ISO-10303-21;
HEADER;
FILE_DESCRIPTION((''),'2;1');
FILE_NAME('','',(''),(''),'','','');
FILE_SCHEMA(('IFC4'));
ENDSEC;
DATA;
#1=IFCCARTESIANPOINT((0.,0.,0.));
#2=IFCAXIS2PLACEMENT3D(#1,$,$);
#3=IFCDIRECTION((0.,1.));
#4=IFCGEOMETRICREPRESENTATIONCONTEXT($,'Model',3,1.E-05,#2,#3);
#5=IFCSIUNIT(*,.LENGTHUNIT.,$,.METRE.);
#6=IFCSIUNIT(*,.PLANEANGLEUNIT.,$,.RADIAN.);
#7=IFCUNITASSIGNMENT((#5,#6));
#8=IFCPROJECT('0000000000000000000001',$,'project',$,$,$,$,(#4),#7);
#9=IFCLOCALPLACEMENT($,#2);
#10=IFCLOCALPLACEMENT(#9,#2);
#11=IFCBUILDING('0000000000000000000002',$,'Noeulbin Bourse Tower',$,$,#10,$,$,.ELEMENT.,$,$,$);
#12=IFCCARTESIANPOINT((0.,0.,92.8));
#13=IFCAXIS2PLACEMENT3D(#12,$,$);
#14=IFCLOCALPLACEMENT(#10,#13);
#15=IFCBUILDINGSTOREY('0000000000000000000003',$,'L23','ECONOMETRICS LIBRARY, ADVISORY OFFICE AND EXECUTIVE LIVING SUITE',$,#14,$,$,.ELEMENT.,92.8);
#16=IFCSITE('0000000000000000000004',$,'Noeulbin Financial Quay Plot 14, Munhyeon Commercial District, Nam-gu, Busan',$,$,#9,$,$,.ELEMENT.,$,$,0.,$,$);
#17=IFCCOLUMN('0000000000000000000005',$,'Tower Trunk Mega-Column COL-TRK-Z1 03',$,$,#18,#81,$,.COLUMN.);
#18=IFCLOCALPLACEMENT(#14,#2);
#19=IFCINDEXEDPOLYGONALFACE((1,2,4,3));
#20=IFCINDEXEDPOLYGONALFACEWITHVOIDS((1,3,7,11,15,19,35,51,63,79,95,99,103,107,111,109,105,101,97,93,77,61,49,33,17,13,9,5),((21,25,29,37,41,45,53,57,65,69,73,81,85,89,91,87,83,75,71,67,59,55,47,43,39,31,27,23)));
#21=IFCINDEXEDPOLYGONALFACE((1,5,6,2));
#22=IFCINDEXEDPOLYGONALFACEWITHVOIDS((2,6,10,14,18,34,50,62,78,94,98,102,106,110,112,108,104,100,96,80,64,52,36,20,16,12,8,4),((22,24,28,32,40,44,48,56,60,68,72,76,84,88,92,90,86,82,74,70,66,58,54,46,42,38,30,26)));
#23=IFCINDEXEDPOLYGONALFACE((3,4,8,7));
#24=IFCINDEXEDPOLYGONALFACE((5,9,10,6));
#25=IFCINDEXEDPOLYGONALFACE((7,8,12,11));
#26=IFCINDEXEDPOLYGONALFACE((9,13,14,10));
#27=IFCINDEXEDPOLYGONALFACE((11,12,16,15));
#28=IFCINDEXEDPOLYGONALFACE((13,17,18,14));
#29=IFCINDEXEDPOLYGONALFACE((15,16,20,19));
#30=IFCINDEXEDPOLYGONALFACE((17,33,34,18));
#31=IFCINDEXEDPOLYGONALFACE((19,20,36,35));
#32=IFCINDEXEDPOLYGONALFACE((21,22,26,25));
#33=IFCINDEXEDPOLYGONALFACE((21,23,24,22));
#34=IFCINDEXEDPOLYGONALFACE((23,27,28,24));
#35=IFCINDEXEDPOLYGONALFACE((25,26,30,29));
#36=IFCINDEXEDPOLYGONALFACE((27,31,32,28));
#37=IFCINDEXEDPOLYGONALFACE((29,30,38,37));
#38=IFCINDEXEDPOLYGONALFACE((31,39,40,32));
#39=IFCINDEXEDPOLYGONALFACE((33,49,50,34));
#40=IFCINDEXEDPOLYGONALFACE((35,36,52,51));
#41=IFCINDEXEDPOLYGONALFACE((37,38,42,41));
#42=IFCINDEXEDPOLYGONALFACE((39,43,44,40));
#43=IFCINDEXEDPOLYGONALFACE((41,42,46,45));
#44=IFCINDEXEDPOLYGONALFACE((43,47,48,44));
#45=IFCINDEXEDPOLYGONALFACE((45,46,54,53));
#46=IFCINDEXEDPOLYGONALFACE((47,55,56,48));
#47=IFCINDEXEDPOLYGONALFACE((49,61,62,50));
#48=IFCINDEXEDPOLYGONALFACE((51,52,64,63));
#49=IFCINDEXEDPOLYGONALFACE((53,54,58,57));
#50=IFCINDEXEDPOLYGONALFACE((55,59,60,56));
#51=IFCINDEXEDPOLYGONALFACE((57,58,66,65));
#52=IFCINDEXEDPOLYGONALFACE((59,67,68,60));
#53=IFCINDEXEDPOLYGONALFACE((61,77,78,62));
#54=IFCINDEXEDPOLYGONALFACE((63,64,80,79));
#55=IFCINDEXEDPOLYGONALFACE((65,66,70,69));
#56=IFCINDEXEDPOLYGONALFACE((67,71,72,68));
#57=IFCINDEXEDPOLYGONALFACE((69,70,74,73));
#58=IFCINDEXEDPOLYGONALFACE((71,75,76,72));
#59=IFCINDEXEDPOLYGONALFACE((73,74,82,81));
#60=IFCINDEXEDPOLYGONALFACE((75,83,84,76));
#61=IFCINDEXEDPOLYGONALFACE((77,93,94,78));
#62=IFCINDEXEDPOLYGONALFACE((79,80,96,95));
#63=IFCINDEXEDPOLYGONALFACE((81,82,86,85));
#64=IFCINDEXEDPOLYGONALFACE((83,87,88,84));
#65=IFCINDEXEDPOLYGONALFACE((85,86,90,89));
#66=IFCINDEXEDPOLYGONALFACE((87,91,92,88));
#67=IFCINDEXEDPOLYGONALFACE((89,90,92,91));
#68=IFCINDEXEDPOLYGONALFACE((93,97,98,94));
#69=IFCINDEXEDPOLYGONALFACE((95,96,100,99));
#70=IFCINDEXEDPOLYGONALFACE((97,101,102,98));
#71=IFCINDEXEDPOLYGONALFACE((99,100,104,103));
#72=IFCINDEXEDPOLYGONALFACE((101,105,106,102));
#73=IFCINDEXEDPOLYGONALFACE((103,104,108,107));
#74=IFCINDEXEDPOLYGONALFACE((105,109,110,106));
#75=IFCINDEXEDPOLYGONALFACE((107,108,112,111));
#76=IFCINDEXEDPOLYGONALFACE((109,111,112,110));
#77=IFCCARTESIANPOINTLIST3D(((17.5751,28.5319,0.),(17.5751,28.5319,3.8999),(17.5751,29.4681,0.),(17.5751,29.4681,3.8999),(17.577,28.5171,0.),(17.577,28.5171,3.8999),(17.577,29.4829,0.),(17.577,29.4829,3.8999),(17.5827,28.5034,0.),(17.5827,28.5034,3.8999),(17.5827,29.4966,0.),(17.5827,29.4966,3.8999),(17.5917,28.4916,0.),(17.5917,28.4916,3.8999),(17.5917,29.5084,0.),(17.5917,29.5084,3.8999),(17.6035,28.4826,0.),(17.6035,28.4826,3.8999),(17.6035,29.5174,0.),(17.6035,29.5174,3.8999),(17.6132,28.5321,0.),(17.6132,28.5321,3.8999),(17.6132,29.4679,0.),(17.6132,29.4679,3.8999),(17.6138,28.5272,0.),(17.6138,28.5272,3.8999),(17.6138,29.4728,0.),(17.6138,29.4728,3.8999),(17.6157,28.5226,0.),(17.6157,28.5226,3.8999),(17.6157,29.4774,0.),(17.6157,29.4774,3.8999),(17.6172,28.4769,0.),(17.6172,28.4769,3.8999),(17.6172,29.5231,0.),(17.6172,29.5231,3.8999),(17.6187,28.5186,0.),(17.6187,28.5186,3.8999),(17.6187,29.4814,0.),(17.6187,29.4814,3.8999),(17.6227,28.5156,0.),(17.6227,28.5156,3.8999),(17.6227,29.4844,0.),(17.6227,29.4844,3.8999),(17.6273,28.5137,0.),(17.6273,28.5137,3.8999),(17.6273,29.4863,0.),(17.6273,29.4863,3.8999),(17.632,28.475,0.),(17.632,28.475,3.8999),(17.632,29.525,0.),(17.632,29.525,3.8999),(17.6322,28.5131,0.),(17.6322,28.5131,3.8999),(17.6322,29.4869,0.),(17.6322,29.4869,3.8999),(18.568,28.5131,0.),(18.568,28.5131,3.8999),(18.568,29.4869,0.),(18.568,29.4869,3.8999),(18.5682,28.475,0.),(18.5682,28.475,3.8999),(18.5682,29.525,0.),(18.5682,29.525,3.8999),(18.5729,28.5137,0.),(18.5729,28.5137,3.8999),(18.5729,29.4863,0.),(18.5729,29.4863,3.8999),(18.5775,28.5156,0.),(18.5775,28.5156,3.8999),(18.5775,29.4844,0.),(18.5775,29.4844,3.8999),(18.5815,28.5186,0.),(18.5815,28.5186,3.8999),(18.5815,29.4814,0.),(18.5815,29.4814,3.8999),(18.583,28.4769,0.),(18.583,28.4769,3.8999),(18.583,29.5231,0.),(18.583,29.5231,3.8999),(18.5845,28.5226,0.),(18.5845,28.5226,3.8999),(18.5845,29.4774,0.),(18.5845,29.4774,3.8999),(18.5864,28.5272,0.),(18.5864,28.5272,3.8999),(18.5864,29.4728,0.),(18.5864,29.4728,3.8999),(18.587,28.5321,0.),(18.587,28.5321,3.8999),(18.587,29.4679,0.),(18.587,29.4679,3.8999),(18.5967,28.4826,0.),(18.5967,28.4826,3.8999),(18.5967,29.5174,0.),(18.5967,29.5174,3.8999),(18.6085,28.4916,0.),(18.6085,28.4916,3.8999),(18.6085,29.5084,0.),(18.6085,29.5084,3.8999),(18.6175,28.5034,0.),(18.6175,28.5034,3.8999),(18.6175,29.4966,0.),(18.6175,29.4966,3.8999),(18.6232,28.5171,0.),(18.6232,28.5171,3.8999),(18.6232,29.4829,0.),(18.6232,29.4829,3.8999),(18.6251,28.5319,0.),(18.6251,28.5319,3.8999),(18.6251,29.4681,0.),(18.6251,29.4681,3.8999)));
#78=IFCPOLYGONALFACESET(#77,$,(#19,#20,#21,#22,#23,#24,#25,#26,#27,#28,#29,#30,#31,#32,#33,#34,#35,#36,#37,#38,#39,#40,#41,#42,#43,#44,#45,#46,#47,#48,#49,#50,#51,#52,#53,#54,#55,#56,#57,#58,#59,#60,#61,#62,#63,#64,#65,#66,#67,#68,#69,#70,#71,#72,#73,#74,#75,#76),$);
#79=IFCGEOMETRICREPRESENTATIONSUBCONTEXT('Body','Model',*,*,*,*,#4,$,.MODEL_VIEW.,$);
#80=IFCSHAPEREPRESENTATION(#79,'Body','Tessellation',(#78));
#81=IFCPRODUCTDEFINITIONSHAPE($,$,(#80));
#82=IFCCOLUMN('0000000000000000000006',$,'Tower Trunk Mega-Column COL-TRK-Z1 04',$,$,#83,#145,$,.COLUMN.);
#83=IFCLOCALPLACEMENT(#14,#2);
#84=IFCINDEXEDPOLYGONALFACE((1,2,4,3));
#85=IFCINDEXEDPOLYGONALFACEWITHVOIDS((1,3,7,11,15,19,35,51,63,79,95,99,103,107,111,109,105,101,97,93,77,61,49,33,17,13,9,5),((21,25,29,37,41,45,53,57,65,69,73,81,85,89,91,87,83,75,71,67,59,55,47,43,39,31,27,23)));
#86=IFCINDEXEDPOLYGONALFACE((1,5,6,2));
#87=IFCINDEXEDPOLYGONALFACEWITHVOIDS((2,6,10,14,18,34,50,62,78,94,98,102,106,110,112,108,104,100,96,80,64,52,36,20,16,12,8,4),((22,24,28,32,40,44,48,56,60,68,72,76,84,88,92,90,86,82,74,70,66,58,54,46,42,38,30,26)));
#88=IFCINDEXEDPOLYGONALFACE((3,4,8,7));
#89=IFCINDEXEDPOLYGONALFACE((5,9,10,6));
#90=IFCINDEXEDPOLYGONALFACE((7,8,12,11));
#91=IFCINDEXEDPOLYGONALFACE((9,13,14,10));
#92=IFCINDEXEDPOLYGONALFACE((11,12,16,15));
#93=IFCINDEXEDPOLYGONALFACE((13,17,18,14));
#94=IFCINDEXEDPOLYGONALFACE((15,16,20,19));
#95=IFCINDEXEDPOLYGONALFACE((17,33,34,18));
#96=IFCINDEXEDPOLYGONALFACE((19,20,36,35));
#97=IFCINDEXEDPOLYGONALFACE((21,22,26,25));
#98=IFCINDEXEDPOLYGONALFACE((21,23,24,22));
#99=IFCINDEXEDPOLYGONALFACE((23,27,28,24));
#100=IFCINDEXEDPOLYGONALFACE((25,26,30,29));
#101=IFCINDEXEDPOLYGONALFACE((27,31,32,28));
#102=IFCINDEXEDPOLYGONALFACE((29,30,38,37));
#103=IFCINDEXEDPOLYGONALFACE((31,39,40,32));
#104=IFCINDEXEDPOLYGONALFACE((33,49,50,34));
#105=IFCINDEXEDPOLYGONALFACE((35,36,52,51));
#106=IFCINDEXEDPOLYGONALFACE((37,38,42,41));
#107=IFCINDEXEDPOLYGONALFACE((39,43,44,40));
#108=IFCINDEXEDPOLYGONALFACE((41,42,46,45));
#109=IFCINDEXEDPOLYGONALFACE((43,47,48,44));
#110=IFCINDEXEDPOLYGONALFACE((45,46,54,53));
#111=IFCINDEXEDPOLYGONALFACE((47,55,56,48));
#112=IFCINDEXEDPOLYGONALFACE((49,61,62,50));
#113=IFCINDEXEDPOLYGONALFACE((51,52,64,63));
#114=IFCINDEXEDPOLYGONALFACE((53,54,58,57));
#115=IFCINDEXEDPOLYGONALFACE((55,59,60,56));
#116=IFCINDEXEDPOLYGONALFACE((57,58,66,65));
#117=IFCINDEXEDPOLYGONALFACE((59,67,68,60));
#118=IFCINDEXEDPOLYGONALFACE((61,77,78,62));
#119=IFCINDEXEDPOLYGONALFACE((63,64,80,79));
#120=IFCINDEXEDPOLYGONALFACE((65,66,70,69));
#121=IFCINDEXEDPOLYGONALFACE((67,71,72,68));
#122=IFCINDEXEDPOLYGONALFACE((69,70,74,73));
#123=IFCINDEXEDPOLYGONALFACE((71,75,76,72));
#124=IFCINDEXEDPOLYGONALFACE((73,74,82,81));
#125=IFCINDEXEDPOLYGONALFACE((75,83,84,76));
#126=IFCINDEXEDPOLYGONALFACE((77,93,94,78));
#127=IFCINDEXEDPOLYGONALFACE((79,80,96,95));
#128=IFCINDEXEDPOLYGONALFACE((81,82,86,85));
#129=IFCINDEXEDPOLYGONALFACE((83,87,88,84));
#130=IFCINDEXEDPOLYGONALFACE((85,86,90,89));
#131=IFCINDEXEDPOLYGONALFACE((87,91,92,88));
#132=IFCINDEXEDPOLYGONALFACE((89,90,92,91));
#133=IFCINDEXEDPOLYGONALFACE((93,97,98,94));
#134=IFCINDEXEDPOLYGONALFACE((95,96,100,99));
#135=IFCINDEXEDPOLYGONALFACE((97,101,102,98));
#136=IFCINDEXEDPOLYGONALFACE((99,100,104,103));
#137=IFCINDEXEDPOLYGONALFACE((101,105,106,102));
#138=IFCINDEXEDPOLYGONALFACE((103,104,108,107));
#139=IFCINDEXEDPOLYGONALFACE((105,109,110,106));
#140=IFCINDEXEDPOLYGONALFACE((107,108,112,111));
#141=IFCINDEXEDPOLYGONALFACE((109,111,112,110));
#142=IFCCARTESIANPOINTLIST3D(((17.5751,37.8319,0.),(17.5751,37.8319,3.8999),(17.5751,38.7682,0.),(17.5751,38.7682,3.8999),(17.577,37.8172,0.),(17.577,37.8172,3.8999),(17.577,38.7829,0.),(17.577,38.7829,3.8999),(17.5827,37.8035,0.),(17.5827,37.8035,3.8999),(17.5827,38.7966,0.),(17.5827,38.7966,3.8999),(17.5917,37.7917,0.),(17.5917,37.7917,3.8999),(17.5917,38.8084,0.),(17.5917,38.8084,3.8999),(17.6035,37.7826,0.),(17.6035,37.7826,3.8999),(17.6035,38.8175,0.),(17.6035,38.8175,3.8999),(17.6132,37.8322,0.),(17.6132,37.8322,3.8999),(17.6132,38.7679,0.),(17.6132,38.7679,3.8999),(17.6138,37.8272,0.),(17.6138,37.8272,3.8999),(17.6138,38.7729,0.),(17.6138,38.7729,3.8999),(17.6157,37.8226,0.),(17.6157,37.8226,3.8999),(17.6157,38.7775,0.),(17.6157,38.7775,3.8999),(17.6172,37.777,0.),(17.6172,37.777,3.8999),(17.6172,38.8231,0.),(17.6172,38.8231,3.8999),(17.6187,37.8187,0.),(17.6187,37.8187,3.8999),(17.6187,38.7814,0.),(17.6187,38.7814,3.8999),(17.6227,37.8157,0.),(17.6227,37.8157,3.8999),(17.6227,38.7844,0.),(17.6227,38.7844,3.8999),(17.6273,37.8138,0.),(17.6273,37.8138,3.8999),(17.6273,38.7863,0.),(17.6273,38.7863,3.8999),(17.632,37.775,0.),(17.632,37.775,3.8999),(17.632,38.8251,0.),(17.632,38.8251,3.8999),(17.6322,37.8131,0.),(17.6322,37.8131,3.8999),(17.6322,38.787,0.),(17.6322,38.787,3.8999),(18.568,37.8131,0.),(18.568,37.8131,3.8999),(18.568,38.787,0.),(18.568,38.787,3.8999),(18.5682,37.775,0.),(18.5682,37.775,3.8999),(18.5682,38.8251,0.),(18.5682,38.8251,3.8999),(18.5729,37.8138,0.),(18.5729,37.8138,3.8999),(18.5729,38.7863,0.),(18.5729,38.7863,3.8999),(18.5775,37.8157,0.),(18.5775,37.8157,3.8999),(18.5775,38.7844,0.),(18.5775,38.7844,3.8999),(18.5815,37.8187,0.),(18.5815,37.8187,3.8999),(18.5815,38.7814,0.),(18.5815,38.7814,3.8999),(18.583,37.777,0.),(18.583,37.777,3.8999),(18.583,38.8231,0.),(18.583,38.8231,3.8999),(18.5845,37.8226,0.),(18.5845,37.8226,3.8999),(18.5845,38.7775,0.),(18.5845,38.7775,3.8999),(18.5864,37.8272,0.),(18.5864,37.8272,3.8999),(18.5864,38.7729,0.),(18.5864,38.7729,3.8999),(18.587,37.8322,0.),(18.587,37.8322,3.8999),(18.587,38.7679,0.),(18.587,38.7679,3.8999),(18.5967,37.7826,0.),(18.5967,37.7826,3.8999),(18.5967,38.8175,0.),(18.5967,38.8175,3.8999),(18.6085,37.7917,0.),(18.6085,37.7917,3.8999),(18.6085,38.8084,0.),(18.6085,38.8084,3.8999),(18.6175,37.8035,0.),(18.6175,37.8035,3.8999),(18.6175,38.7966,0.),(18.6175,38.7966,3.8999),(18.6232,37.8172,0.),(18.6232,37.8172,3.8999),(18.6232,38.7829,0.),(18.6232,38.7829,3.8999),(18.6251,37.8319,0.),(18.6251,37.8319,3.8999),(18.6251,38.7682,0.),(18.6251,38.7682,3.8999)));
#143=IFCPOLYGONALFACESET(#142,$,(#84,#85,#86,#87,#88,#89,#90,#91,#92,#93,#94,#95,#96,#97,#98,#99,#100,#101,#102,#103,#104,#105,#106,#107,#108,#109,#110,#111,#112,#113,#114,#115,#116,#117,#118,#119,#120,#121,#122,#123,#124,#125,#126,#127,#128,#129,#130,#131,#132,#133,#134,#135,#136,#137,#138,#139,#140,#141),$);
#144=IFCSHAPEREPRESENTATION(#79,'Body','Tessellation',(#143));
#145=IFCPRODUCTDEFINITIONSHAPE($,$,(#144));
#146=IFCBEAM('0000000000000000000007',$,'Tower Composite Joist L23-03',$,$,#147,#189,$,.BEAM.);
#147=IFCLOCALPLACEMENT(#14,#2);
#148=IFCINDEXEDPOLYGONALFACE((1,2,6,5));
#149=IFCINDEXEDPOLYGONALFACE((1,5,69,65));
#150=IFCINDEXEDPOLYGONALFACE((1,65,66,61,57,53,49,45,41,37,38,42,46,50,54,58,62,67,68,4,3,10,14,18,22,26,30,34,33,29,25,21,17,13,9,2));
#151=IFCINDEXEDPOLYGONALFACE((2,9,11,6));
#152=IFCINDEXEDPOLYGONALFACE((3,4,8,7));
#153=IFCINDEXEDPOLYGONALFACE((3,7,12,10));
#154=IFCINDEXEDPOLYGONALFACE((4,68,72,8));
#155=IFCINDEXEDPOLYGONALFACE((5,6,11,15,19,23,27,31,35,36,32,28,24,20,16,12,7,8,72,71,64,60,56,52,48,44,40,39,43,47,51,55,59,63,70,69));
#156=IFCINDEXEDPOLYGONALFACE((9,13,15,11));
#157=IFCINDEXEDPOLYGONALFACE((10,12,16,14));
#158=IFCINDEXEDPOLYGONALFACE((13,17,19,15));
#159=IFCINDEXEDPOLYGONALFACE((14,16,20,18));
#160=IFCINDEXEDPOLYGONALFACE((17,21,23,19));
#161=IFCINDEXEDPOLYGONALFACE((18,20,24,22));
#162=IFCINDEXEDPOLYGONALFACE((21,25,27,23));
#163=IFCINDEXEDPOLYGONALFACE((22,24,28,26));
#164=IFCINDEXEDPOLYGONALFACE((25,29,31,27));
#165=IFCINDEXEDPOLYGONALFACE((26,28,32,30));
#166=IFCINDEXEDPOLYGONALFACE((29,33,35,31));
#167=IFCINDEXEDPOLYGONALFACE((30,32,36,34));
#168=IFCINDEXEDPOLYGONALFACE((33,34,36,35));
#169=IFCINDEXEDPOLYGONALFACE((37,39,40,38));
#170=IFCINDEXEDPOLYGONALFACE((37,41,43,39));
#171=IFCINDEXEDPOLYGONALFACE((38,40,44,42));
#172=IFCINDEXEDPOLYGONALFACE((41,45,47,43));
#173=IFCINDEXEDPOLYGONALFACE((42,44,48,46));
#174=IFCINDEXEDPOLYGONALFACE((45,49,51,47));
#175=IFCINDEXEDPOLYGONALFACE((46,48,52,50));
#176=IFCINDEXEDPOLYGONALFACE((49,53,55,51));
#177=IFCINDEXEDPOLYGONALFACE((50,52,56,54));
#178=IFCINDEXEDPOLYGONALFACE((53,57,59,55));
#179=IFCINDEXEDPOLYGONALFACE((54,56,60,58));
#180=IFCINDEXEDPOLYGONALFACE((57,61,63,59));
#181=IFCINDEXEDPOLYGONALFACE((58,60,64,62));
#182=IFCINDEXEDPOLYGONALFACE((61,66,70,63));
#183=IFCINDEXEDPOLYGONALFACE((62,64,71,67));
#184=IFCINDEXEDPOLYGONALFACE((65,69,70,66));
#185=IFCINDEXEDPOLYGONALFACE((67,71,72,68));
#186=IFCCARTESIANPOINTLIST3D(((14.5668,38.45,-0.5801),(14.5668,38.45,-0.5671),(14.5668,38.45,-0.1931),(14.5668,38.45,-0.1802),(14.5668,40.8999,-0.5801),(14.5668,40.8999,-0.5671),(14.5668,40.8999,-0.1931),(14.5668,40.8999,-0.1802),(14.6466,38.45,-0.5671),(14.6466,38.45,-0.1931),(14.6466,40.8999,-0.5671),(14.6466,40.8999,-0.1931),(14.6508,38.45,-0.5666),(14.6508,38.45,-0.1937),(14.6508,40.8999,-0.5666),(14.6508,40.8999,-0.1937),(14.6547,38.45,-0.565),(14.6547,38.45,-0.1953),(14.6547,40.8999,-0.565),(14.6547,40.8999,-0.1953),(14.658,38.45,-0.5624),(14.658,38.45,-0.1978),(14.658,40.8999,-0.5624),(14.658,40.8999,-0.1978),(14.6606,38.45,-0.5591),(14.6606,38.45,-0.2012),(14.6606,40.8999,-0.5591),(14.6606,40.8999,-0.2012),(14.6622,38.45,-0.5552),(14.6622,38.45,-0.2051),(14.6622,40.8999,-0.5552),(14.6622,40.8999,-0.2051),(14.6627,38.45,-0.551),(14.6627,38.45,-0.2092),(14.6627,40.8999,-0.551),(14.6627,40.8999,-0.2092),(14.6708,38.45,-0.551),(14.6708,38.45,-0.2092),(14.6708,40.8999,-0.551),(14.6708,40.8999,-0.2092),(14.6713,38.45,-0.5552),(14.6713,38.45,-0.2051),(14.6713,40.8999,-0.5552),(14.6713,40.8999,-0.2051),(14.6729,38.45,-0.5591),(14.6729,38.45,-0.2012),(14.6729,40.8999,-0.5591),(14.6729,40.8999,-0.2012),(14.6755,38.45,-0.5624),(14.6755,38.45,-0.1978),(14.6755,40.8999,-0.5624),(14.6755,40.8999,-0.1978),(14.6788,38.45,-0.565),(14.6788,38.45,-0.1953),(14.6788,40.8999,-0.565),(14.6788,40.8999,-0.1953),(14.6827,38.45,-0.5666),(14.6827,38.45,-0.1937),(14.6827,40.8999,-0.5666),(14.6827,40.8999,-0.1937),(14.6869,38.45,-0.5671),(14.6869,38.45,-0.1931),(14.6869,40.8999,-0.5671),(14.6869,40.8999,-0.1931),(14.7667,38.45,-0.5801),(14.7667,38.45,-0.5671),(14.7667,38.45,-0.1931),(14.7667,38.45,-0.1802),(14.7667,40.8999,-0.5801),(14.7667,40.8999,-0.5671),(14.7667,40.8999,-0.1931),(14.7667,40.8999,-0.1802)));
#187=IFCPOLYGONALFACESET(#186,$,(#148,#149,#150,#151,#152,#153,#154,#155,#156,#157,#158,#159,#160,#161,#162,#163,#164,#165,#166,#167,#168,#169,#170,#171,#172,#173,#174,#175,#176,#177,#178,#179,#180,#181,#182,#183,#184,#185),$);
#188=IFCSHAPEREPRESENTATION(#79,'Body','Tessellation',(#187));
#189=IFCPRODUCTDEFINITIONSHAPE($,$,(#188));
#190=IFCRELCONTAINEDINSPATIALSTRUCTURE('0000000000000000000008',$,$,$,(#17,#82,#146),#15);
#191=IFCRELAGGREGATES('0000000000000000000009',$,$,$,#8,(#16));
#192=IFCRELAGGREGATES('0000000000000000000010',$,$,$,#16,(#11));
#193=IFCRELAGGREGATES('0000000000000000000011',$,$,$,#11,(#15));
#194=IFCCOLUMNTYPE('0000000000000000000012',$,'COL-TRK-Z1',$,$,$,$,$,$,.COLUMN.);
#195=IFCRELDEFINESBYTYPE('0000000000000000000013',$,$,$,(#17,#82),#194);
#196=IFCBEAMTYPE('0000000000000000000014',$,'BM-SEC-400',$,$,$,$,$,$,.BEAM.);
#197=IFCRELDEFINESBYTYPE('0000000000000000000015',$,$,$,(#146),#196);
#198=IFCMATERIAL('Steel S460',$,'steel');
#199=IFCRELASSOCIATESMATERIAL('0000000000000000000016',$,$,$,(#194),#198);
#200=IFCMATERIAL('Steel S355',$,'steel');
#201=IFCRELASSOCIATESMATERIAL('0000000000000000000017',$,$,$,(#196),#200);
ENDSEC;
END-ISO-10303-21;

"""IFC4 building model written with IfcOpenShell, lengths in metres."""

from ifc_helpers import new_model, si_unit, direction, frame, origin, origin_2d, place, context, subcontext, project, spatial, hollow_rectangle, i_section, extrude, material, material_profile, profile_set, type_object, element, save


model = new_model("IFC4")

# Units and contexts
model_context = context("Model", 3, precision=1e-05, world=origin(), true_north=direction((0.0, 1.0)))
body_context = subcontext(model_context, "Body", "Model", "MODEL_VIEW")
ifc_project = project(units=[si_unit("LENGTHUNIT", "METRE"), si_unit("PLANEANGLEUNIT", "RADIAN")], contexts=[model_context])

# Site, building, storey
site_placement = place(None, origin())
site = spatial("IfcSite", under=ifc_project, at=site_placement, Name="Noeulbin Financial Quay Plot 14, Munhyeon Commercial District, Nam-gu, Busan", CompositionType="ELEMENT", RefElevation=0.0)
building_placement = place(site_placement, origin())
building = spatial("IfcBuilding", under=site, at=building_placement, Name="Noeulbin Bourse Tower", CompositionType="ELEMENT")
storey_placement = place(building_placement, frame((0.0, 0.0, 92.8)))
storey = spatial("IfcBuildingStorey", under=building, at=storey_placement, Name="L23", Description="ECONOMETRICS LIBRARY, ADVISORY OFFICE AND EXECUTIVE LIVING SUITE", CompositionType="ELEMENT", Elevation=92.8)

# Columns
ifc_material_1 = material(Name="Steel S460", Category="steel")
ifc_material_profile_1 = material_profile(ifc_material_1, hollow_rectangle(XDim=1.05, YDim=1.05, WallThickness=0.0381, InnerFilletRadius=0.019, OuterFilletRadius=0.0569, at=origin_2d()), Name="BOX-1050x1050x38", Category="LoadBearing")
ifc_profile_set_1 = profile_set([ifc_material_profile_1], Name="Steel S460")
column_type = type_object("IfcColumnType", Name="COL-TRK-Z1", PredefinedType="COLUMN", material=ifc_profile_set_1)
for number, where, z_axis, x_axis, name in (
    (1, (18.1001, 29.0, 0.0), (0.0, 0.0, 1.0), (1.0, 0.0, 0.0), "Tower Trunk Mega-Column COL-TRK-Z1 03"),
    (2, (18.1001, 38.3, 0.0), (0.0, 0.0, 1.0), (1.0, 0.0, 0.0), "Tower Trunk Mega-Column COL-TRK-Z1 04"),
):
    element("IfcColumn", number, at=place(storey_placement, frame(where, z_axis=z_axis, x_axis=x_axis)), inside=storey, type_object=column_type, Name=name, PredefinedType="COLUMN", context=body_context, shape_type="SweptSolid", body=[
        extrude(hollow_rectangle(XDim=1.05, YDim=1.05, WallThickness=0.0381, InnerFilletRadius=0.019, OuterFilletRadius=0.0569, at=origin_2d()), origin(), (0.0, 0.0, 1.0), 3.8999),
    ])

# Beam
ifc_material_2 = material(Name="Steel S355", Category="steel")
ifc_material_profile_2 = material_profile(ifc_material_2, i_section(OverallWidth=0.2, OverallDepth=0.3999, WebThickness=0.0081, FlangeThickness=0.0129, FilletRadius=0.0161, at=origin_2d()), Name="H-400x200x8x13", Category="LoadBearing")
ifc_profile_set_2 = profile_set([ifc_material_profile_2], Name="Steel S355")
beam_type = type_object("IfcBeamType", Name="BM-SEC-400", PredefinedType="BEAM", material=ifc_profile_set_2)
for number, where, z_axis, x_axis, name in (
    (3, (14.6667, 38.45, -0.3801), (0.0, 1.0, 0.0), (-1.0, 0.0, 0.0), "Tower Composite Joist L23-03"),
):
    element("IfcBeam", number, at=place(storey_placement, frame(where, z_axis=z_axis, x_axis=x_axis)), inside=storey, type_object=beam_type, Name=name, PredefinedType="BEAM", context=body_context, shape_type="SweptSolid", body=[
        extrude(i_section(OverallWidth=0.2, OverallDepth=0.3999, WebThickness=0.0081, FlangeThickness=0.0129, FilletRadius=0.0161, at=origin_2d()), origin(), (0.0, 0.0, 1.0), 2.45),
    ])

save(model, "model.ifc")
